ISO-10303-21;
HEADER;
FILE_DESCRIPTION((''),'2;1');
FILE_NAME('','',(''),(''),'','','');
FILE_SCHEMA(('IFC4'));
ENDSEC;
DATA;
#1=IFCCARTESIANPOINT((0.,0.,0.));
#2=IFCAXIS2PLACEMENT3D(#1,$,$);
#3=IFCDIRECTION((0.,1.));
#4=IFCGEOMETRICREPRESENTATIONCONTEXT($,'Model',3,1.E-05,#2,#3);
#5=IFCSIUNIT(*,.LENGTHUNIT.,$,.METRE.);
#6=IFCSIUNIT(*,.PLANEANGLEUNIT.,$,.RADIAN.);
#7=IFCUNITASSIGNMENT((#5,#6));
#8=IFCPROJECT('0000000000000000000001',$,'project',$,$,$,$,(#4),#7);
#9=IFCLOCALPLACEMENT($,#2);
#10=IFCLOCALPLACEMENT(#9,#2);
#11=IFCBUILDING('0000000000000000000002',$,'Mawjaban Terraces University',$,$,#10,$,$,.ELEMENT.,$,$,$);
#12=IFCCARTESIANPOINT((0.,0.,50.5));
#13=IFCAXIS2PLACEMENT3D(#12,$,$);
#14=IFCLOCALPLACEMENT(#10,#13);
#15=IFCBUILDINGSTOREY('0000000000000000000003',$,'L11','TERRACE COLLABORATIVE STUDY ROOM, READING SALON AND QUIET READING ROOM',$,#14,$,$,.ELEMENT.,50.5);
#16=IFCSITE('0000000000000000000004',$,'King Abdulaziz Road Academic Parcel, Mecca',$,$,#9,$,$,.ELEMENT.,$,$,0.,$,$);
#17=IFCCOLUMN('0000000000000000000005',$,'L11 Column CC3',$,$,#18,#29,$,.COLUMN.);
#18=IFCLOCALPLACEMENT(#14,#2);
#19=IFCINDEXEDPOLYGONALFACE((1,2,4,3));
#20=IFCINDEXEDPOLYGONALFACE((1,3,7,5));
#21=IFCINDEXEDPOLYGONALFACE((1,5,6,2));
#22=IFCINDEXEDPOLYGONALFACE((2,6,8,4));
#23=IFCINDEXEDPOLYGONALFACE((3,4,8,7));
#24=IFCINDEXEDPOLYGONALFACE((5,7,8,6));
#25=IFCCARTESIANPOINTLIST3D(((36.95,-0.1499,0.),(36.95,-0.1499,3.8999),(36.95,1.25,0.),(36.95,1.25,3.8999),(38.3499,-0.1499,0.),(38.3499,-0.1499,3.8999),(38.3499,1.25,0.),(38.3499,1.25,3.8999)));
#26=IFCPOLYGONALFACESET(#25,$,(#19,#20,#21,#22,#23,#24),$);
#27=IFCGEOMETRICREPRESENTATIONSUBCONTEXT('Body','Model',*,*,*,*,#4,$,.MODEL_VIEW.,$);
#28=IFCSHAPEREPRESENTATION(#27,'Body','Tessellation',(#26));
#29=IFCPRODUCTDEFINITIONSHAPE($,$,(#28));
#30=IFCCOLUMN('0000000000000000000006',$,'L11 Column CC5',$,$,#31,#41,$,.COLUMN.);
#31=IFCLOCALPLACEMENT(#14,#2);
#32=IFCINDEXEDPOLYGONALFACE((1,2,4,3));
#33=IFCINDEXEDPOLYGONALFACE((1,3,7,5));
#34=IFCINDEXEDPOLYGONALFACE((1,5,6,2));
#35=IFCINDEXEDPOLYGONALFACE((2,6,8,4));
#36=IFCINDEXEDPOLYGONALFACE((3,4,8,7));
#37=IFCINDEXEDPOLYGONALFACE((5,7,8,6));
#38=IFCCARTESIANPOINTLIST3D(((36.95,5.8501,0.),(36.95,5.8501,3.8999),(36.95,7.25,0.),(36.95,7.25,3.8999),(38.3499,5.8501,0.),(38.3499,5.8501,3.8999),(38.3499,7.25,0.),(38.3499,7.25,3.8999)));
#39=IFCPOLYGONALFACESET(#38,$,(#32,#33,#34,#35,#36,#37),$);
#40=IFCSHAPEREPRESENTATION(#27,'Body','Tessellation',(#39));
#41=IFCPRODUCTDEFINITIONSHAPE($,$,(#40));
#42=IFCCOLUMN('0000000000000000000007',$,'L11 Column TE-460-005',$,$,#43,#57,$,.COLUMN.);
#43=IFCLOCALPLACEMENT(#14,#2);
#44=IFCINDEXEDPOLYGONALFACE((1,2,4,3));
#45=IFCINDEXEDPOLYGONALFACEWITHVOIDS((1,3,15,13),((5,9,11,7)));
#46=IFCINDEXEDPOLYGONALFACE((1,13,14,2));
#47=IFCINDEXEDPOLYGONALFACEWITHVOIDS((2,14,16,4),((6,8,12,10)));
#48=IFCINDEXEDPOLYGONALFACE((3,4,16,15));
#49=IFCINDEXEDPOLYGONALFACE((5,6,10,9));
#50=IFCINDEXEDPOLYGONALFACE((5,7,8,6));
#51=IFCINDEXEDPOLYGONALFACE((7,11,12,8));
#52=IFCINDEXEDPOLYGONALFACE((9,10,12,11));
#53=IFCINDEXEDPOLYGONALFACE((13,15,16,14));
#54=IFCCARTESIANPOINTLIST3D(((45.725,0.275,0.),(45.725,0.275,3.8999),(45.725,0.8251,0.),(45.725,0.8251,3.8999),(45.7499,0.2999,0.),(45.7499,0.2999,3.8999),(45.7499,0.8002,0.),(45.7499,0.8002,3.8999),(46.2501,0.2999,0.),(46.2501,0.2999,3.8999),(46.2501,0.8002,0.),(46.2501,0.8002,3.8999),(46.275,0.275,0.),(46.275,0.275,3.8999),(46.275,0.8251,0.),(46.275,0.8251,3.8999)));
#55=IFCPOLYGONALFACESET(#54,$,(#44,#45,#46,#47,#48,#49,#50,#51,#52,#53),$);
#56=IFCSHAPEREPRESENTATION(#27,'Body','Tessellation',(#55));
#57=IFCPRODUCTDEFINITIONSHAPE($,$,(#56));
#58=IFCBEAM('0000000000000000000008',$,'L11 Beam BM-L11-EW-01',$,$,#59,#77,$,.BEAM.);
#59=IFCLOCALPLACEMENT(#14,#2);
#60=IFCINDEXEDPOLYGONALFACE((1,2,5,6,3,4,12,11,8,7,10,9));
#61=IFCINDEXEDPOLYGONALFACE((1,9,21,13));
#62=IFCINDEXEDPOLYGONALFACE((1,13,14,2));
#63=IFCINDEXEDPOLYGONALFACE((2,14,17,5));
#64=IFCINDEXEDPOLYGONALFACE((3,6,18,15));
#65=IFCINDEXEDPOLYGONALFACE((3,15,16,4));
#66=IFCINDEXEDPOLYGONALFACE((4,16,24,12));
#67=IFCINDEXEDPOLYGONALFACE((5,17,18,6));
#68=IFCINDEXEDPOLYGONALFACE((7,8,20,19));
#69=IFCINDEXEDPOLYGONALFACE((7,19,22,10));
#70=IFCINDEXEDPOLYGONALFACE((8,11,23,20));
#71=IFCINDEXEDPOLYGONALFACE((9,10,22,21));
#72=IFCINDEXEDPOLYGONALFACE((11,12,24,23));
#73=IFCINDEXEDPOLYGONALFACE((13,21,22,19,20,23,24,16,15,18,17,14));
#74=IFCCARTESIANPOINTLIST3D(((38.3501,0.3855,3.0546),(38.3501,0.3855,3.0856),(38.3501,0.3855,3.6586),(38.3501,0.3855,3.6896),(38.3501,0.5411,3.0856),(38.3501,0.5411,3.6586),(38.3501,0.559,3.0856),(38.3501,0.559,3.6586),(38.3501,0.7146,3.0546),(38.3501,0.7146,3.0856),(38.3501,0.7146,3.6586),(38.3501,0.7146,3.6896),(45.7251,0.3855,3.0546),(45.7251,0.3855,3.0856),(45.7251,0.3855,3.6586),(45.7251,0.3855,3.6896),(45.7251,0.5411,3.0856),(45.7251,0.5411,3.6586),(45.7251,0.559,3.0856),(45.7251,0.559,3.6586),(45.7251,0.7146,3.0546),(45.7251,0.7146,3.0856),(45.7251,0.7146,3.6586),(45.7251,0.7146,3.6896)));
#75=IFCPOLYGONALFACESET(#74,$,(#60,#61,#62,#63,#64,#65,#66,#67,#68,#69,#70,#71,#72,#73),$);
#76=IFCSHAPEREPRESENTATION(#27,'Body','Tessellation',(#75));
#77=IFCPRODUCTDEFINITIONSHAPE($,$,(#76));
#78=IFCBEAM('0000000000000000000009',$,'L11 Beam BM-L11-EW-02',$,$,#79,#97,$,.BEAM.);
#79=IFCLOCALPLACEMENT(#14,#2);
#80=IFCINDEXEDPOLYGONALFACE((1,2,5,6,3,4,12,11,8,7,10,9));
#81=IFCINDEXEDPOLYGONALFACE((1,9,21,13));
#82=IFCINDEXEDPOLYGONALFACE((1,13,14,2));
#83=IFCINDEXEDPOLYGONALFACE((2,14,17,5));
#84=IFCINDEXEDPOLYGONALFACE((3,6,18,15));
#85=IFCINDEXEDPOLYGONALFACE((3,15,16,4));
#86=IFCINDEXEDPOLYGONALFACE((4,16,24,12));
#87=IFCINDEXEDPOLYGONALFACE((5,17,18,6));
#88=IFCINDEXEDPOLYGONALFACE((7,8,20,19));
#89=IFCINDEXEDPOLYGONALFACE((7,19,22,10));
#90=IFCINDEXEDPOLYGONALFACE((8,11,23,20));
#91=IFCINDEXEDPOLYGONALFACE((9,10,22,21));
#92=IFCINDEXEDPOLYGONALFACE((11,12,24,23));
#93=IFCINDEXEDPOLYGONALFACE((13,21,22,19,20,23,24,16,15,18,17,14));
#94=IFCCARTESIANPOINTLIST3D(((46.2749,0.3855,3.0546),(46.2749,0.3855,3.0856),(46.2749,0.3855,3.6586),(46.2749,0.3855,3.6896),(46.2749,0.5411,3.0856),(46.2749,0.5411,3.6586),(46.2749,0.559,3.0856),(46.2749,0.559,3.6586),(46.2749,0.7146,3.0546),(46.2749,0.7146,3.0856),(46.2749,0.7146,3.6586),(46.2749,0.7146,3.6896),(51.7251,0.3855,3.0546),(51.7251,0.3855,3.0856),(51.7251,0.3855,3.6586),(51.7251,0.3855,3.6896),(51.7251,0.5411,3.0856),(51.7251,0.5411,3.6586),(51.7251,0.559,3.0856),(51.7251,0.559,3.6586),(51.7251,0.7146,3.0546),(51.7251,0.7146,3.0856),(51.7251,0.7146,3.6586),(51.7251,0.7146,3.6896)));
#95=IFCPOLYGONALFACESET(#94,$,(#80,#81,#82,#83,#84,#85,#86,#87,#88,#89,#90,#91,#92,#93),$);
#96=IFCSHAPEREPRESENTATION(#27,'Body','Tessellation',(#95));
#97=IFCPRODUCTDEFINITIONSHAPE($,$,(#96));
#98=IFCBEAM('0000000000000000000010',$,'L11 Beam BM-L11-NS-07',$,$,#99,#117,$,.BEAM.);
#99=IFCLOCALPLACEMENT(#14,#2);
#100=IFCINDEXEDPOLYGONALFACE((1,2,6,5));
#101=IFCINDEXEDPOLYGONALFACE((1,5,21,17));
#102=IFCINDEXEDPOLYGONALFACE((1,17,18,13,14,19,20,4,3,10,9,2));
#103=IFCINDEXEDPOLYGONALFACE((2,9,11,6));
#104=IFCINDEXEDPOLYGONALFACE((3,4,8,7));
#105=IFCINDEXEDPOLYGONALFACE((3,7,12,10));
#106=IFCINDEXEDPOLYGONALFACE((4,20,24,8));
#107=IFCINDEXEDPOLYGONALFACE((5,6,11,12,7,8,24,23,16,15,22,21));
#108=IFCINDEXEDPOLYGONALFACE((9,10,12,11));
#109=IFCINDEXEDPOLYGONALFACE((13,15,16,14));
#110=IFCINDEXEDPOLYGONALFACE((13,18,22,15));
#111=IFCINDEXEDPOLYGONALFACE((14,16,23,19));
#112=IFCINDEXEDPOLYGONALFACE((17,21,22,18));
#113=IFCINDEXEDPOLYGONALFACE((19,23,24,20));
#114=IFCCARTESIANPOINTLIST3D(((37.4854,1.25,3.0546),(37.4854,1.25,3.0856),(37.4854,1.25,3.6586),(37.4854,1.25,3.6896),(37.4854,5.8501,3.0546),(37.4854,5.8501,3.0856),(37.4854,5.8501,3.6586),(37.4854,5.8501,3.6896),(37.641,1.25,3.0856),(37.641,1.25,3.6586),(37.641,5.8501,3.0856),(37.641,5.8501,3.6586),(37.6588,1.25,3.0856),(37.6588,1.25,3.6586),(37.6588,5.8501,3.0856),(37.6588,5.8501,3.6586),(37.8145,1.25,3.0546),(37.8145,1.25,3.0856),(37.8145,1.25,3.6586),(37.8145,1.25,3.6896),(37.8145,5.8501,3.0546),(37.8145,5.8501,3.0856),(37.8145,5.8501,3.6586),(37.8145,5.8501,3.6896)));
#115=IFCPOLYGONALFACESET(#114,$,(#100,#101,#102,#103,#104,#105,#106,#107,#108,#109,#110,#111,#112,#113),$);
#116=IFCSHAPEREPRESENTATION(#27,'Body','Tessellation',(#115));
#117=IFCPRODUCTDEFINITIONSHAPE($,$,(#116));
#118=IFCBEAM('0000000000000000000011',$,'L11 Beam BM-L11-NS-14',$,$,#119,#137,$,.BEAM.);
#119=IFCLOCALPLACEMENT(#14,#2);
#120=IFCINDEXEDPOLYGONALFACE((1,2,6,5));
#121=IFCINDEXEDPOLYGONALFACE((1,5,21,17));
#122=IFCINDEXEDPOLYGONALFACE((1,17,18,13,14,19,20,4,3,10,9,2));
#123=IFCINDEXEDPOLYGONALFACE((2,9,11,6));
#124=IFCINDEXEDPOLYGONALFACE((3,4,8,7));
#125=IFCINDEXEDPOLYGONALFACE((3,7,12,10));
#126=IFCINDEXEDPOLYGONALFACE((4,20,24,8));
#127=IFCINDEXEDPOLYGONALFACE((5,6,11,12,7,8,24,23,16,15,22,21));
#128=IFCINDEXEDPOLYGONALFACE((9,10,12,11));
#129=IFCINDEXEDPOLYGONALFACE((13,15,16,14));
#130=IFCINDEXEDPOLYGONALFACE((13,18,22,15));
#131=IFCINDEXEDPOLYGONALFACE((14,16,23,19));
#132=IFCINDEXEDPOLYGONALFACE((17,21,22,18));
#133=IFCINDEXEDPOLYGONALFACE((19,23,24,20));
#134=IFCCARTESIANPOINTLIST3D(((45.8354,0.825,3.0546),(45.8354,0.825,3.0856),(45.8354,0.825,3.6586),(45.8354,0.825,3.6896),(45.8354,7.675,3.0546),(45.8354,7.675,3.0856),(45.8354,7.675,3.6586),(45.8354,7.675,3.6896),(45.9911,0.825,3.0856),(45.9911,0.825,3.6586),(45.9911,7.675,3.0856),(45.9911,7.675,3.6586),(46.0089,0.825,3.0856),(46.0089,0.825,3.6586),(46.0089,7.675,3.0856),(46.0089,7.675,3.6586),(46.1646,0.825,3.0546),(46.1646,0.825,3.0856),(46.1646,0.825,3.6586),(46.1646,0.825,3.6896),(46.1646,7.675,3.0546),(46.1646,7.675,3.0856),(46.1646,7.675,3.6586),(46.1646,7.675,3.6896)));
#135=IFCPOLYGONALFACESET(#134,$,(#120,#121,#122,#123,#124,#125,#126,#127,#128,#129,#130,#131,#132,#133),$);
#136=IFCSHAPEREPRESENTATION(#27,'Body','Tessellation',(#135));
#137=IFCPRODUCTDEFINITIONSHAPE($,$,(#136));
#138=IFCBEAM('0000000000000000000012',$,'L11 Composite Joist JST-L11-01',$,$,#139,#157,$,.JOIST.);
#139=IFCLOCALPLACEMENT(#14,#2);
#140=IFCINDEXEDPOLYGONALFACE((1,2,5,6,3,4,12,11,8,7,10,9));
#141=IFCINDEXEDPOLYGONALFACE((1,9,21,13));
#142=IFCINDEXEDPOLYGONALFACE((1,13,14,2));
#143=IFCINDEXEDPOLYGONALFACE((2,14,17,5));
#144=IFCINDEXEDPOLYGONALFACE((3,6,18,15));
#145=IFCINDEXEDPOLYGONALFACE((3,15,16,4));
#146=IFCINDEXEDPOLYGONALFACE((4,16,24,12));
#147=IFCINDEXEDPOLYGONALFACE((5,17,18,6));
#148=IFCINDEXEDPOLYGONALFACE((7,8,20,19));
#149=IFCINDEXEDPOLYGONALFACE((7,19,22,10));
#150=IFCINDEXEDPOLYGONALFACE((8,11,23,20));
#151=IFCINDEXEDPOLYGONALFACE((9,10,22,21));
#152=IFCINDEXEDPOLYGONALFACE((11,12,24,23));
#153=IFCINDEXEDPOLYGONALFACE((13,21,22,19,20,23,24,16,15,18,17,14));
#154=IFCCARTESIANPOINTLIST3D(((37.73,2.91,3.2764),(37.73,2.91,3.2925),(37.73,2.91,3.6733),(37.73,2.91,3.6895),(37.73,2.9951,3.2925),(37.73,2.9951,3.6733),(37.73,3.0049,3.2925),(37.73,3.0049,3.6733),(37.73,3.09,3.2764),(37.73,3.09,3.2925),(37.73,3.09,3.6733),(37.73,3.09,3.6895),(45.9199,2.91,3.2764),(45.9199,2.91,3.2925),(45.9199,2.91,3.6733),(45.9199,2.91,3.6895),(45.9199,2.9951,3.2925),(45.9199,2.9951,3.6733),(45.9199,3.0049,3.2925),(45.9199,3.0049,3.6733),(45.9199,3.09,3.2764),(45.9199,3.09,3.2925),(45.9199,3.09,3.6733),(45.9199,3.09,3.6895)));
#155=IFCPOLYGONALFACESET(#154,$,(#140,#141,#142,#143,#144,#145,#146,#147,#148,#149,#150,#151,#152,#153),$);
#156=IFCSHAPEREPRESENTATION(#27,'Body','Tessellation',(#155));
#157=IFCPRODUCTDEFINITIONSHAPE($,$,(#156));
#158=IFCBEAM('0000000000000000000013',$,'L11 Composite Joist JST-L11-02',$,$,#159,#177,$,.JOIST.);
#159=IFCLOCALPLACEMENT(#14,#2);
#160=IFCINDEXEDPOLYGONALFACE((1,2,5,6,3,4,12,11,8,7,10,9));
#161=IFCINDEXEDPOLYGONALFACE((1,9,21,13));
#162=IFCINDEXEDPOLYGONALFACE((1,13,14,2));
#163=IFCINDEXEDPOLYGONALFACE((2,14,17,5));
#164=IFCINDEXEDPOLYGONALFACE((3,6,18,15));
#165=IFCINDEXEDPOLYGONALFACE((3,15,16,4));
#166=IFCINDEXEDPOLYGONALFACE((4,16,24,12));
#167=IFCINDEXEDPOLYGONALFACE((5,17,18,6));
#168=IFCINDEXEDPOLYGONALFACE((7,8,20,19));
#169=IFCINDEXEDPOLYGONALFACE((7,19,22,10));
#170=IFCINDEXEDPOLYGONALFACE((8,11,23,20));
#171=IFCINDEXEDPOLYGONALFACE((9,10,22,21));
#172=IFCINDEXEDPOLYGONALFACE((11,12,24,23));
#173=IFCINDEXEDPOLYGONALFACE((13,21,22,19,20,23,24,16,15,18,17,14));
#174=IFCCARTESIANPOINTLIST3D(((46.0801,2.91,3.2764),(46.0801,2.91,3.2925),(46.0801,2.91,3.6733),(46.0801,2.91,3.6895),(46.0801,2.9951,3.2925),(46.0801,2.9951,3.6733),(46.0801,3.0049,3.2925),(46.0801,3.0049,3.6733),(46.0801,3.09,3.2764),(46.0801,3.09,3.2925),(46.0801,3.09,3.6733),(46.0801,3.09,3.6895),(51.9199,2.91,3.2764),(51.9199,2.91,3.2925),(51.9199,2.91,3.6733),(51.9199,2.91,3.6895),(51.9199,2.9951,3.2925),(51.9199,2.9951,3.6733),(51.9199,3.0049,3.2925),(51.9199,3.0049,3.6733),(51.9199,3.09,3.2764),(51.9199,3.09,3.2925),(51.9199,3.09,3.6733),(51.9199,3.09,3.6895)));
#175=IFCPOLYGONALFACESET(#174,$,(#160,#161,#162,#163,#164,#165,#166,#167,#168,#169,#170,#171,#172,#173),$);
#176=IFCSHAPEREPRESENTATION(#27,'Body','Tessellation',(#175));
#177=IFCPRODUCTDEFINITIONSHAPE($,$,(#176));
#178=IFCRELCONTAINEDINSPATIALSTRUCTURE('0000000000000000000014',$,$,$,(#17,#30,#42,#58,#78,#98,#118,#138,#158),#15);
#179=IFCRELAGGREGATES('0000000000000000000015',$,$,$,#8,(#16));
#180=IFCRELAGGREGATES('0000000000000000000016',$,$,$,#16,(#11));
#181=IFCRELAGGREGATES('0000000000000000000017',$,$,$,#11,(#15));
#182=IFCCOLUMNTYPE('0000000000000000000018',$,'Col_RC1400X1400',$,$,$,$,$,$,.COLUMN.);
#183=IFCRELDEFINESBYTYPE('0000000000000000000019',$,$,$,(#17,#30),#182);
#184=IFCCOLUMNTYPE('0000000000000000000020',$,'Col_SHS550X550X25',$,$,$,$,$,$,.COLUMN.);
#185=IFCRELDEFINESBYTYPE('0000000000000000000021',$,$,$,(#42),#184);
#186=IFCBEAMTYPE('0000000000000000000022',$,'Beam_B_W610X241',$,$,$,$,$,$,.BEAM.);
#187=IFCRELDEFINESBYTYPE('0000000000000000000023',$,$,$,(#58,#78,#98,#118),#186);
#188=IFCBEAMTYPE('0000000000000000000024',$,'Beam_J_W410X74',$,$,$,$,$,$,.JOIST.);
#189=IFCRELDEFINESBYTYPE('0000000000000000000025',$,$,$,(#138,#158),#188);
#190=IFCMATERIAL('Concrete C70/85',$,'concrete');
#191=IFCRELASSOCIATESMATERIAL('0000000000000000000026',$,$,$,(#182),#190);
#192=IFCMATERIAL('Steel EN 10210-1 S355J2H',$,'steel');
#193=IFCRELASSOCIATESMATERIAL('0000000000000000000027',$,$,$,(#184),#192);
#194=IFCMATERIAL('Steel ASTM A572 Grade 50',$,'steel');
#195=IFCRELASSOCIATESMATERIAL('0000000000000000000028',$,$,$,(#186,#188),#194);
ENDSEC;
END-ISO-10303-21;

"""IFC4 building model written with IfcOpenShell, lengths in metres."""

from ifc_helpers import new_model, si_unit, direction, frame, origin, origin_2d, place, context, subcontext, project, spatial, rectangle, hollow_rectangle, i_section, extrude, material, material_profile, profile_set, type_object, element, save


model = new_model("IFC4")

# Units and contexts
model_context = context("Model", 3, precision=1e-05, world=origin(), true_north=direction((0.0, 1.0)))
body_context = subcontext(model_context, "Body", "Model", "MODEL_VIEW")
ifc_project = project(units=[si_unit("LENGTHUNIT", "METRE"), si_unit("PLANEANGLEUNIT", "RADIAN")], contexts=[model_context])

# Site, building, storey
site_placement = place(None, origin())
site = spatial("IfcSite", under=ifc_project, at=site_placement, Name="King Abdulaziz Road Academic Parcel, Mecca", CompositionType="ELEMENT", RefElevation=0.0)
building_placement = place(site_placement, origin())
building = spatial("IfcBuilding", under=site, at=building_placement, Name="Mawjaban Terraces University", CompositionType="ELEMENT")
storey_placement = place(building_placement, frame((0.0, 0.0, 50.5)))
storey = spatial("IfcBuildingStorey", under=building, at=storey_placement, Name="L11", Description="TERRACE COLLABORATIVE STUDY ROOM, READING SALON AND QUIET READING ROOM", CompositionType="ELEMENT", Elevation=50.5)

# Columns
ifc_material_1 = material(Name="Concrete C70/85", Category="concrete")
ifc_material_profile_1 = material_profile(ifc_material_1, rectangle(XDim=1.3999, YDim=1.3999, at=origin_2d()), Name="RC1400X1400")
ifc_profile_set_1 = profile_set([ifc_material_profile_1], Name="Concrete C70/85")
column_type_1 = type_object("IfcColumnType", Name="Col_RC1400X1400", PredefinedType="COLUMN", material=ifc_profile_set_1)
for number, where, z_axis, x_axis, name in (
    (1, (37.6499, 0.55, 0.0), (0.0, 0.0, 1.0), (1.0, 0.0, 0.0), "L11 Column CC3"),
    (2, (37.6499, 6.55, 0.0), (0.0, 0.0, 1.0), (1.0, 0.0, 0.0), "L11 Column CC5"),
):
    element("IfcColumn", number, at=place(storey_placement, frame(where, z_axis=z_axis, x_axis=x_axis)), inside=storey, type_object=column_type_1, Name=name, PredefinedType="COLUMN", context=body_context, shape_type="SweptSolid", body=[
        extrude(rectangle(XDim=1.3999, YDim=1.3999, at=origin_2d()), origin(), (0.0, 0.0, 1.0), 3.8999),
    ])
ifc_material_2 = material(Name="Steel EN 10210-1 S355J2H", Category="steel")
ifc_material_profile_2 = material_profile(ifc_material_2, hollow_rectangle(XDim=0.55, YDim=0.55, WallThickness=0.0249, at=origin_2d()), Name="SHS550X550X25")
ifc_profile_set_2 = profile_set([ifc_material_profile_2], Name="Steel EN 10210-1 S355J2H")
column_type_2 = type_object("IfcColumnType", Name="Col_SHS550X550X25", PredefinedType="COLUMN", material=ifc_profile_set_2)
column_placement = place(storey_placement, frame((46.0, 0.55, 0.0), z_axis=(0.0, 0.0, 1.0), x_axis=(1.0, 0.0, 0.0)))
element("IfcColumn", 3, at=column_placement, inside=storey, type_object=column_type_2, Name="L11 Column TE-460-005", PredefinedType="COLUMN", context=body_context, shape_type="SweptSolid", body=[
    extrude(hollow_rectangle(XDim=0.55, YDim=0.55, WallThickness=0.0249, at=origin_2d()), origin(), (0.0, 0.0, 1.0), 3.8999),
])

# Beams
ifc_material_3 = material(Name="Steel ASTM A572 Grade 50", Category="steel")
ifc_material_profile_3 = material_profile(ifc_material_3, i_section(OverallWidth=0.3291, OverallDepth=0.635, WebThickness=0.0178, FlangeThickness=0.031, at=origin_2d()), Name="W610X241")
ifc_profile_set_3 = profile_set([ifc_material_profile_3], Name="Steel ASTM A572 Grade 50")
beam_type_1 = type_object("IfcBeamType", Name="Beam_B_W610X241", PredefinedType="BEAM", material=ifc_profile_set_3)
beam_1_placement = place(storey_placement, frame((38.3501, 0.55, 3.3721), z_axis=(1.0, 0.0, 0.0), x_axis=(0.0, 1.0, 0.0)))
element("IfcBeam", 4, at=beam_1_placement, inside=storey, type_object=beam_type_1, Name="L11 Beam BM-L11-EW-01", PredefinedType="BEAM", context=body_context, shape_type="SweptSolid", body=[
    extrude(i_section(OverallWidth=0.3291, OverallDepth=0.635, WebThickness=0.0178, FlangeThickness=0.031, at=origin_2d()), origin(), (0.0, 0.0, 1.0), 7.375),
])
beam_2_placement = place(storey_placement, frame((46.2749, 0.55, 3.3721), z_axis=(1.0, 0.0, 0.0), x_axis=(0.0, 1.0, 0.0)))
element("IfcBeam", 5, at=beam_2_placement, inside=storey, type_object=beam_type_1, Name="L11 Beam BM-L11-EW-02", PredefinedType="BEAM", context=body_context, shape_type="SweptSolid", body=[
    extrude(i_section(OverallWidth=0.3291, OverallDepth=0.635, WebThickness=0.0178, FlangeThickness=0.031, at=origin_2d()), origin(), (0.0, 0.0, 1.0), 5.4502),
])
beam_3_placement = place(storey_placement, frame((37.6499, 1.25, 3.3721), z_axis=(0.0, 1.0, 0.0), x_axis=(-1.0, 0.0, 0.0)))
element("IfcBeam", 6, at=beam_3_placement, inside=storey, type_object=beam_type_1, Name="L11 Beam BM-L11-NS-07", PredefinedType="BEAM", context=body_context, shape_type="SweptSolid", body=[
    extrude(i_section(OverallWidth=0.3291, OverallDepth=0.635, WebThickness=0.0178, FlangeThickness=0.031, at=origin_2d()), origin(), (0.0, 0.0, 1.0), 4.6001),
])
beam_4_placement = place(storey_placement, frame((46.0, 0.825, 3.3721), z_axis=(0.0, 1.0, 0.0), x_axis=(-1.0, 0.0, 0.0)))
element("IfcBeam", 7, at=beam_4_placement, inside=storey, type_object=beam_type_1, Name="L11 Beam BM-L11-NS-14", PredefinedType="BEAM", context=body_context, shape_type="SweptSolid", body=[
    extrude(i_section(OverallWidth=0.3291, OverallDepth=0.635, WebThickness=0.0178, FlangeThickness=0.031, at=origin_2d()), origin(), (0.0, 0.0, 1.0), 6.8501),
])
ifc_material_profile_4 = material_profile(ifc_material_3, i_section(OverallWidth=0.1799, OverallDepth=0.4131, WebThickness=0.0098, FlangeThickness=0.0161, at=origin_2d()), Name="W410X74")
ifc_profile_set_4 = profile_set([ifc_material_profile_4], Name="Steel ASTM A572 Grade 50")
beam_type_2 = type_object("IfcBeamType", Name="Beam_J_W410X74", PredefinedType="JOIST", material=ifc_profile_set_4)
beam_5_placement = place(storey_placement, frame((37.73, 3.0, 3.4829), z_axis=(1.0, 0.0, 0.0), x_axis=(0.0, 1.0, 0.0)))
element("IfcBeam", 8, at=beam_5_placement, inside=storey, type_object=beam_type_2, Name="L11 Composite Joist JST-L11-01", PredefinedType="JOIST", context=body_context, shape_type="SweptSolid", body=[
    extrude(i_section(OverallWidth=0.1799, OverallDepth=0.4131, WebThickness=0.0098, FlangeThickness=0.0161, at=origin_2d()), origin(), (0.0, 0.0, 1.0), 8.1899),
])
beam_6_placement = place(storey_placement, frame((46.0801, 3.0, 3.4829), z_axis=(1.0, 0.0, 0.0), x_axis=(0.0, 1.0, 0.0)))
element("IfcBeam", 9, at=beam_6_placement, inside=storey, type_object=beam_type_2, Name="L11 Composite Joist JST-L11-02", PredefinedType="JOIST", context=body_context, shape_type="SweptSolid", body=[
    extrude(i_section(OverallWidth=0.1799, OverallDepth=0.4131, WebThickness=0.0098, FlangeThickness=0.0161, at=origin_2d()), origin(), (0.0, 0.0, 1.0), 5.8398),
])

save(model, "model.ifc")
